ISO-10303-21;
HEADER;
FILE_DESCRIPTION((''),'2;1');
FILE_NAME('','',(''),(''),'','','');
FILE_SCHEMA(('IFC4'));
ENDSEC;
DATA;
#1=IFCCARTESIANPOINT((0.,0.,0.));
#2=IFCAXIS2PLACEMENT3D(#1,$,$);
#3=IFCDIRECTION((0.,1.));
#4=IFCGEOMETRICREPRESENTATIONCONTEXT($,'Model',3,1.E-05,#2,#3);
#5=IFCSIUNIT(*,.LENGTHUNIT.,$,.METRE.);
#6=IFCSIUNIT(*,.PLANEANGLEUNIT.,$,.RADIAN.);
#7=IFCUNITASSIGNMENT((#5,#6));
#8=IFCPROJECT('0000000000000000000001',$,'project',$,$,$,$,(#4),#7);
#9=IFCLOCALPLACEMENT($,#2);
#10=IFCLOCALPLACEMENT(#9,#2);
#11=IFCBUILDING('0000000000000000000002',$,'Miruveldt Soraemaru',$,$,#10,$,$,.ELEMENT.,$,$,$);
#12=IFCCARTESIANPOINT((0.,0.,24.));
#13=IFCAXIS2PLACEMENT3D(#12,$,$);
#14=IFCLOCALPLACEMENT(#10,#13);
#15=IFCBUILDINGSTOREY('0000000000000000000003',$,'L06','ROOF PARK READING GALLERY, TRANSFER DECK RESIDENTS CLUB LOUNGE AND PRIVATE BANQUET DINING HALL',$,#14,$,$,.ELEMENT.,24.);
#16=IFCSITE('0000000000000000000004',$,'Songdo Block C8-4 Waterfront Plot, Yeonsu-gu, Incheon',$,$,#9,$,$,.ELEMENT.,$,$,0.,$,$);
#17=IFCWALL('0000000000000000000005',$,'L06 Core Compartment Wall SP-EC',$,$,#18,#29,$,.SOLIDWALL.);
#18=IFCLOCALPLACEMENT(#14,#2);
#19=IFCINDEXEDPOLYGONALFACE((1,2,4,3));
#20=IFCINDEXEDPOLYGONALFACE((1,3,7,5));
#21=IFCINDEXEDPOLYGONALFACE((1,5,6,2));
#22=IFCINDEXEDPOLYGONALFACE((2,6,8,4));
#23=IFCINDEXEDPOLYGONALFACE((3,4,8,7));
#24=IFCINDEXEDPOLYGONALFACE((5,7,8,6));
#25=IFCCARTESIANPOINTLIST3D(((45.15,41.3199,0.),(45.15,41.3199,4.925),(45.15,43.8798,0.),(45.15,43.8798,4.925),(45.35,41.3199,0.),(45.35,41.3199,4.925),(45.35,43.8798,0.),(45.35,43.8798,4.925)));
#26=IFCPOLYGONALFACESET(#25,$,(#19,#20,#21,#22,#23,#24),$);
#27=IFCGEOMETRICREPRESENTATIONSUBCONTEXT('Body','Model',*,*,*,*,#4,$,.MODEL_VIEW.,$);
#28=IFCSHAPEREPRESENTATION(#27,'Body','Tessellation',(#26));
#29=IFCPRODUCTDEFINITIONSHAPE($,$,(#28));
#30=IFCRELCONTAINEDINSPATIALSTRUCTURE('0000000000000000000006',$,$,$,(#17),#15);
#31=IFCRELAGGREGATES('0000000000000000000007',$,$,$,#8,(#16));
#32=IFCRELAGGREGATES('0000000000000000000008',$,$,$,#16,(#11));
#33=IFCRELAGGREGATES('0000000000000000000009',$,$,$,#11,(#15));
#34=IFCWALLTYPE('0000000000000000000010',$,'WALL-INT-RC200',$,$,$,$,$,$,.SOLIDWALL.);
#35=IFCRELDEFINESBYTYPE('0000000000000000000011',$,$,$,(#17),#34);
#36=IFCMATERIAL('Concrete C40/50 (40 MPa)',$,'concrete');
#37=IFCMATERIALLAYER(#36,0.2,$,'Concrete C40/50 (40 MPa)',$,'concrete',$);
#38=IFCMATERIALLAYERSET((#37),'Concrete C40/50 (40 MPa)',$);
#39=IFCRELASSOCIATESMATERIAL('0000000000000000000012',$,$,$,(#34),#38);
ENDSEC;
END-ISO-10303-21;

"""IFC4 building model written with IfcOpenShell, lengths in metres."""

from ifc_helpers import new_model, si_unit, direction, frame, frame_2d, origin, place, context, subcontext, project, spatial, rectangle, extrude, material, layer, layer_set, type_object, element, save


model = new_model("IFC4")

# Units and contexts
model_context = context("Model", 3, precision=1e-05, world=origin(), true_north=direction((0.0, 1.0)))
body_context = subcontext(model_context, "Body", "Model", "MODEL_VIEW")
ifc_project = project(units=[si_unit("LENGTHUNIT", "METRE"), si_unit("PLANEANGLEUNIT", "RADIAN")], contexts=[model_context])

# Site, building, storey
site_placement = place(None, origin())
site = spatial("IfcSite", under=ifc_project, at=site_placement, Name="Songdo Block C8-4 Waterfront Plot, Yeonsu-gu, Incheon", CompositionType="ELEMENT", RefElevation=0.0)
building_placement = place(site_placement, origin())
building = spatial("IfcBuilding", under=site, at=building_placement, Name="Miruveldt Soraemaru", CompositionType="ELEMENT")
storey_placement = place(building_placement, frame((0.0, 0.0, 24.0)))
storey = spatial("IfcBuildingStorey", under=building, at=storey_placement, Name="L06", Description="ROOF PARK READING GALLERY, TRANSFER DECK RESIDENTS CLUB LOUNGE AND PRIVATE BANQUET DINING HALL", CompositionType="ELEMENT", Elevation=24.0)

# Shared definitions
ifc_material_1 = material(Name="Concrete C40/50 (40 MPa)", Category="concrete")

# Shared definitions
ifc_layer_1 = layer(ifc_material_1, 0.2, Name="Concrete C40/50 (40 MPa)", Category="concrete")
ifc_layer_set_1 = layer_set([ifc_layer_1], Name="Concrete C40/50 (40 MPa)")
wall_type_1 = type_object("IfcWallType", Name="WALL-INT-RC200", PredefinedType="SOLIDWALL", material=ifc_layer_set_1)

# Wall
for number, where, z_axis, x_axis, name in (
    (1, (45.25, 41.3201, 0.0), (0.0, 0.0, 1.0), (0.0, 1.0, 0.0), "L06 Core Compartment Wall SP-EC"),
):
    element("IfcWall", number, at=place(storey_placement, frame(where, z_axis=z_axis, x_axis=x_axis)), inside=storey, type_object=wall_type_1, Name=name, PredefinedType="SOLIDWALL", context=body_context, shape_type="SweptSolid", body=[
        extrude(rectangle(XDim=2.5598, YDim=0.2, at=frame_2d((1.2798, 0.0))), origin(), (0.0, 0.0, 1.0), 4.925),
    ])

save(model, "model.ifc")
